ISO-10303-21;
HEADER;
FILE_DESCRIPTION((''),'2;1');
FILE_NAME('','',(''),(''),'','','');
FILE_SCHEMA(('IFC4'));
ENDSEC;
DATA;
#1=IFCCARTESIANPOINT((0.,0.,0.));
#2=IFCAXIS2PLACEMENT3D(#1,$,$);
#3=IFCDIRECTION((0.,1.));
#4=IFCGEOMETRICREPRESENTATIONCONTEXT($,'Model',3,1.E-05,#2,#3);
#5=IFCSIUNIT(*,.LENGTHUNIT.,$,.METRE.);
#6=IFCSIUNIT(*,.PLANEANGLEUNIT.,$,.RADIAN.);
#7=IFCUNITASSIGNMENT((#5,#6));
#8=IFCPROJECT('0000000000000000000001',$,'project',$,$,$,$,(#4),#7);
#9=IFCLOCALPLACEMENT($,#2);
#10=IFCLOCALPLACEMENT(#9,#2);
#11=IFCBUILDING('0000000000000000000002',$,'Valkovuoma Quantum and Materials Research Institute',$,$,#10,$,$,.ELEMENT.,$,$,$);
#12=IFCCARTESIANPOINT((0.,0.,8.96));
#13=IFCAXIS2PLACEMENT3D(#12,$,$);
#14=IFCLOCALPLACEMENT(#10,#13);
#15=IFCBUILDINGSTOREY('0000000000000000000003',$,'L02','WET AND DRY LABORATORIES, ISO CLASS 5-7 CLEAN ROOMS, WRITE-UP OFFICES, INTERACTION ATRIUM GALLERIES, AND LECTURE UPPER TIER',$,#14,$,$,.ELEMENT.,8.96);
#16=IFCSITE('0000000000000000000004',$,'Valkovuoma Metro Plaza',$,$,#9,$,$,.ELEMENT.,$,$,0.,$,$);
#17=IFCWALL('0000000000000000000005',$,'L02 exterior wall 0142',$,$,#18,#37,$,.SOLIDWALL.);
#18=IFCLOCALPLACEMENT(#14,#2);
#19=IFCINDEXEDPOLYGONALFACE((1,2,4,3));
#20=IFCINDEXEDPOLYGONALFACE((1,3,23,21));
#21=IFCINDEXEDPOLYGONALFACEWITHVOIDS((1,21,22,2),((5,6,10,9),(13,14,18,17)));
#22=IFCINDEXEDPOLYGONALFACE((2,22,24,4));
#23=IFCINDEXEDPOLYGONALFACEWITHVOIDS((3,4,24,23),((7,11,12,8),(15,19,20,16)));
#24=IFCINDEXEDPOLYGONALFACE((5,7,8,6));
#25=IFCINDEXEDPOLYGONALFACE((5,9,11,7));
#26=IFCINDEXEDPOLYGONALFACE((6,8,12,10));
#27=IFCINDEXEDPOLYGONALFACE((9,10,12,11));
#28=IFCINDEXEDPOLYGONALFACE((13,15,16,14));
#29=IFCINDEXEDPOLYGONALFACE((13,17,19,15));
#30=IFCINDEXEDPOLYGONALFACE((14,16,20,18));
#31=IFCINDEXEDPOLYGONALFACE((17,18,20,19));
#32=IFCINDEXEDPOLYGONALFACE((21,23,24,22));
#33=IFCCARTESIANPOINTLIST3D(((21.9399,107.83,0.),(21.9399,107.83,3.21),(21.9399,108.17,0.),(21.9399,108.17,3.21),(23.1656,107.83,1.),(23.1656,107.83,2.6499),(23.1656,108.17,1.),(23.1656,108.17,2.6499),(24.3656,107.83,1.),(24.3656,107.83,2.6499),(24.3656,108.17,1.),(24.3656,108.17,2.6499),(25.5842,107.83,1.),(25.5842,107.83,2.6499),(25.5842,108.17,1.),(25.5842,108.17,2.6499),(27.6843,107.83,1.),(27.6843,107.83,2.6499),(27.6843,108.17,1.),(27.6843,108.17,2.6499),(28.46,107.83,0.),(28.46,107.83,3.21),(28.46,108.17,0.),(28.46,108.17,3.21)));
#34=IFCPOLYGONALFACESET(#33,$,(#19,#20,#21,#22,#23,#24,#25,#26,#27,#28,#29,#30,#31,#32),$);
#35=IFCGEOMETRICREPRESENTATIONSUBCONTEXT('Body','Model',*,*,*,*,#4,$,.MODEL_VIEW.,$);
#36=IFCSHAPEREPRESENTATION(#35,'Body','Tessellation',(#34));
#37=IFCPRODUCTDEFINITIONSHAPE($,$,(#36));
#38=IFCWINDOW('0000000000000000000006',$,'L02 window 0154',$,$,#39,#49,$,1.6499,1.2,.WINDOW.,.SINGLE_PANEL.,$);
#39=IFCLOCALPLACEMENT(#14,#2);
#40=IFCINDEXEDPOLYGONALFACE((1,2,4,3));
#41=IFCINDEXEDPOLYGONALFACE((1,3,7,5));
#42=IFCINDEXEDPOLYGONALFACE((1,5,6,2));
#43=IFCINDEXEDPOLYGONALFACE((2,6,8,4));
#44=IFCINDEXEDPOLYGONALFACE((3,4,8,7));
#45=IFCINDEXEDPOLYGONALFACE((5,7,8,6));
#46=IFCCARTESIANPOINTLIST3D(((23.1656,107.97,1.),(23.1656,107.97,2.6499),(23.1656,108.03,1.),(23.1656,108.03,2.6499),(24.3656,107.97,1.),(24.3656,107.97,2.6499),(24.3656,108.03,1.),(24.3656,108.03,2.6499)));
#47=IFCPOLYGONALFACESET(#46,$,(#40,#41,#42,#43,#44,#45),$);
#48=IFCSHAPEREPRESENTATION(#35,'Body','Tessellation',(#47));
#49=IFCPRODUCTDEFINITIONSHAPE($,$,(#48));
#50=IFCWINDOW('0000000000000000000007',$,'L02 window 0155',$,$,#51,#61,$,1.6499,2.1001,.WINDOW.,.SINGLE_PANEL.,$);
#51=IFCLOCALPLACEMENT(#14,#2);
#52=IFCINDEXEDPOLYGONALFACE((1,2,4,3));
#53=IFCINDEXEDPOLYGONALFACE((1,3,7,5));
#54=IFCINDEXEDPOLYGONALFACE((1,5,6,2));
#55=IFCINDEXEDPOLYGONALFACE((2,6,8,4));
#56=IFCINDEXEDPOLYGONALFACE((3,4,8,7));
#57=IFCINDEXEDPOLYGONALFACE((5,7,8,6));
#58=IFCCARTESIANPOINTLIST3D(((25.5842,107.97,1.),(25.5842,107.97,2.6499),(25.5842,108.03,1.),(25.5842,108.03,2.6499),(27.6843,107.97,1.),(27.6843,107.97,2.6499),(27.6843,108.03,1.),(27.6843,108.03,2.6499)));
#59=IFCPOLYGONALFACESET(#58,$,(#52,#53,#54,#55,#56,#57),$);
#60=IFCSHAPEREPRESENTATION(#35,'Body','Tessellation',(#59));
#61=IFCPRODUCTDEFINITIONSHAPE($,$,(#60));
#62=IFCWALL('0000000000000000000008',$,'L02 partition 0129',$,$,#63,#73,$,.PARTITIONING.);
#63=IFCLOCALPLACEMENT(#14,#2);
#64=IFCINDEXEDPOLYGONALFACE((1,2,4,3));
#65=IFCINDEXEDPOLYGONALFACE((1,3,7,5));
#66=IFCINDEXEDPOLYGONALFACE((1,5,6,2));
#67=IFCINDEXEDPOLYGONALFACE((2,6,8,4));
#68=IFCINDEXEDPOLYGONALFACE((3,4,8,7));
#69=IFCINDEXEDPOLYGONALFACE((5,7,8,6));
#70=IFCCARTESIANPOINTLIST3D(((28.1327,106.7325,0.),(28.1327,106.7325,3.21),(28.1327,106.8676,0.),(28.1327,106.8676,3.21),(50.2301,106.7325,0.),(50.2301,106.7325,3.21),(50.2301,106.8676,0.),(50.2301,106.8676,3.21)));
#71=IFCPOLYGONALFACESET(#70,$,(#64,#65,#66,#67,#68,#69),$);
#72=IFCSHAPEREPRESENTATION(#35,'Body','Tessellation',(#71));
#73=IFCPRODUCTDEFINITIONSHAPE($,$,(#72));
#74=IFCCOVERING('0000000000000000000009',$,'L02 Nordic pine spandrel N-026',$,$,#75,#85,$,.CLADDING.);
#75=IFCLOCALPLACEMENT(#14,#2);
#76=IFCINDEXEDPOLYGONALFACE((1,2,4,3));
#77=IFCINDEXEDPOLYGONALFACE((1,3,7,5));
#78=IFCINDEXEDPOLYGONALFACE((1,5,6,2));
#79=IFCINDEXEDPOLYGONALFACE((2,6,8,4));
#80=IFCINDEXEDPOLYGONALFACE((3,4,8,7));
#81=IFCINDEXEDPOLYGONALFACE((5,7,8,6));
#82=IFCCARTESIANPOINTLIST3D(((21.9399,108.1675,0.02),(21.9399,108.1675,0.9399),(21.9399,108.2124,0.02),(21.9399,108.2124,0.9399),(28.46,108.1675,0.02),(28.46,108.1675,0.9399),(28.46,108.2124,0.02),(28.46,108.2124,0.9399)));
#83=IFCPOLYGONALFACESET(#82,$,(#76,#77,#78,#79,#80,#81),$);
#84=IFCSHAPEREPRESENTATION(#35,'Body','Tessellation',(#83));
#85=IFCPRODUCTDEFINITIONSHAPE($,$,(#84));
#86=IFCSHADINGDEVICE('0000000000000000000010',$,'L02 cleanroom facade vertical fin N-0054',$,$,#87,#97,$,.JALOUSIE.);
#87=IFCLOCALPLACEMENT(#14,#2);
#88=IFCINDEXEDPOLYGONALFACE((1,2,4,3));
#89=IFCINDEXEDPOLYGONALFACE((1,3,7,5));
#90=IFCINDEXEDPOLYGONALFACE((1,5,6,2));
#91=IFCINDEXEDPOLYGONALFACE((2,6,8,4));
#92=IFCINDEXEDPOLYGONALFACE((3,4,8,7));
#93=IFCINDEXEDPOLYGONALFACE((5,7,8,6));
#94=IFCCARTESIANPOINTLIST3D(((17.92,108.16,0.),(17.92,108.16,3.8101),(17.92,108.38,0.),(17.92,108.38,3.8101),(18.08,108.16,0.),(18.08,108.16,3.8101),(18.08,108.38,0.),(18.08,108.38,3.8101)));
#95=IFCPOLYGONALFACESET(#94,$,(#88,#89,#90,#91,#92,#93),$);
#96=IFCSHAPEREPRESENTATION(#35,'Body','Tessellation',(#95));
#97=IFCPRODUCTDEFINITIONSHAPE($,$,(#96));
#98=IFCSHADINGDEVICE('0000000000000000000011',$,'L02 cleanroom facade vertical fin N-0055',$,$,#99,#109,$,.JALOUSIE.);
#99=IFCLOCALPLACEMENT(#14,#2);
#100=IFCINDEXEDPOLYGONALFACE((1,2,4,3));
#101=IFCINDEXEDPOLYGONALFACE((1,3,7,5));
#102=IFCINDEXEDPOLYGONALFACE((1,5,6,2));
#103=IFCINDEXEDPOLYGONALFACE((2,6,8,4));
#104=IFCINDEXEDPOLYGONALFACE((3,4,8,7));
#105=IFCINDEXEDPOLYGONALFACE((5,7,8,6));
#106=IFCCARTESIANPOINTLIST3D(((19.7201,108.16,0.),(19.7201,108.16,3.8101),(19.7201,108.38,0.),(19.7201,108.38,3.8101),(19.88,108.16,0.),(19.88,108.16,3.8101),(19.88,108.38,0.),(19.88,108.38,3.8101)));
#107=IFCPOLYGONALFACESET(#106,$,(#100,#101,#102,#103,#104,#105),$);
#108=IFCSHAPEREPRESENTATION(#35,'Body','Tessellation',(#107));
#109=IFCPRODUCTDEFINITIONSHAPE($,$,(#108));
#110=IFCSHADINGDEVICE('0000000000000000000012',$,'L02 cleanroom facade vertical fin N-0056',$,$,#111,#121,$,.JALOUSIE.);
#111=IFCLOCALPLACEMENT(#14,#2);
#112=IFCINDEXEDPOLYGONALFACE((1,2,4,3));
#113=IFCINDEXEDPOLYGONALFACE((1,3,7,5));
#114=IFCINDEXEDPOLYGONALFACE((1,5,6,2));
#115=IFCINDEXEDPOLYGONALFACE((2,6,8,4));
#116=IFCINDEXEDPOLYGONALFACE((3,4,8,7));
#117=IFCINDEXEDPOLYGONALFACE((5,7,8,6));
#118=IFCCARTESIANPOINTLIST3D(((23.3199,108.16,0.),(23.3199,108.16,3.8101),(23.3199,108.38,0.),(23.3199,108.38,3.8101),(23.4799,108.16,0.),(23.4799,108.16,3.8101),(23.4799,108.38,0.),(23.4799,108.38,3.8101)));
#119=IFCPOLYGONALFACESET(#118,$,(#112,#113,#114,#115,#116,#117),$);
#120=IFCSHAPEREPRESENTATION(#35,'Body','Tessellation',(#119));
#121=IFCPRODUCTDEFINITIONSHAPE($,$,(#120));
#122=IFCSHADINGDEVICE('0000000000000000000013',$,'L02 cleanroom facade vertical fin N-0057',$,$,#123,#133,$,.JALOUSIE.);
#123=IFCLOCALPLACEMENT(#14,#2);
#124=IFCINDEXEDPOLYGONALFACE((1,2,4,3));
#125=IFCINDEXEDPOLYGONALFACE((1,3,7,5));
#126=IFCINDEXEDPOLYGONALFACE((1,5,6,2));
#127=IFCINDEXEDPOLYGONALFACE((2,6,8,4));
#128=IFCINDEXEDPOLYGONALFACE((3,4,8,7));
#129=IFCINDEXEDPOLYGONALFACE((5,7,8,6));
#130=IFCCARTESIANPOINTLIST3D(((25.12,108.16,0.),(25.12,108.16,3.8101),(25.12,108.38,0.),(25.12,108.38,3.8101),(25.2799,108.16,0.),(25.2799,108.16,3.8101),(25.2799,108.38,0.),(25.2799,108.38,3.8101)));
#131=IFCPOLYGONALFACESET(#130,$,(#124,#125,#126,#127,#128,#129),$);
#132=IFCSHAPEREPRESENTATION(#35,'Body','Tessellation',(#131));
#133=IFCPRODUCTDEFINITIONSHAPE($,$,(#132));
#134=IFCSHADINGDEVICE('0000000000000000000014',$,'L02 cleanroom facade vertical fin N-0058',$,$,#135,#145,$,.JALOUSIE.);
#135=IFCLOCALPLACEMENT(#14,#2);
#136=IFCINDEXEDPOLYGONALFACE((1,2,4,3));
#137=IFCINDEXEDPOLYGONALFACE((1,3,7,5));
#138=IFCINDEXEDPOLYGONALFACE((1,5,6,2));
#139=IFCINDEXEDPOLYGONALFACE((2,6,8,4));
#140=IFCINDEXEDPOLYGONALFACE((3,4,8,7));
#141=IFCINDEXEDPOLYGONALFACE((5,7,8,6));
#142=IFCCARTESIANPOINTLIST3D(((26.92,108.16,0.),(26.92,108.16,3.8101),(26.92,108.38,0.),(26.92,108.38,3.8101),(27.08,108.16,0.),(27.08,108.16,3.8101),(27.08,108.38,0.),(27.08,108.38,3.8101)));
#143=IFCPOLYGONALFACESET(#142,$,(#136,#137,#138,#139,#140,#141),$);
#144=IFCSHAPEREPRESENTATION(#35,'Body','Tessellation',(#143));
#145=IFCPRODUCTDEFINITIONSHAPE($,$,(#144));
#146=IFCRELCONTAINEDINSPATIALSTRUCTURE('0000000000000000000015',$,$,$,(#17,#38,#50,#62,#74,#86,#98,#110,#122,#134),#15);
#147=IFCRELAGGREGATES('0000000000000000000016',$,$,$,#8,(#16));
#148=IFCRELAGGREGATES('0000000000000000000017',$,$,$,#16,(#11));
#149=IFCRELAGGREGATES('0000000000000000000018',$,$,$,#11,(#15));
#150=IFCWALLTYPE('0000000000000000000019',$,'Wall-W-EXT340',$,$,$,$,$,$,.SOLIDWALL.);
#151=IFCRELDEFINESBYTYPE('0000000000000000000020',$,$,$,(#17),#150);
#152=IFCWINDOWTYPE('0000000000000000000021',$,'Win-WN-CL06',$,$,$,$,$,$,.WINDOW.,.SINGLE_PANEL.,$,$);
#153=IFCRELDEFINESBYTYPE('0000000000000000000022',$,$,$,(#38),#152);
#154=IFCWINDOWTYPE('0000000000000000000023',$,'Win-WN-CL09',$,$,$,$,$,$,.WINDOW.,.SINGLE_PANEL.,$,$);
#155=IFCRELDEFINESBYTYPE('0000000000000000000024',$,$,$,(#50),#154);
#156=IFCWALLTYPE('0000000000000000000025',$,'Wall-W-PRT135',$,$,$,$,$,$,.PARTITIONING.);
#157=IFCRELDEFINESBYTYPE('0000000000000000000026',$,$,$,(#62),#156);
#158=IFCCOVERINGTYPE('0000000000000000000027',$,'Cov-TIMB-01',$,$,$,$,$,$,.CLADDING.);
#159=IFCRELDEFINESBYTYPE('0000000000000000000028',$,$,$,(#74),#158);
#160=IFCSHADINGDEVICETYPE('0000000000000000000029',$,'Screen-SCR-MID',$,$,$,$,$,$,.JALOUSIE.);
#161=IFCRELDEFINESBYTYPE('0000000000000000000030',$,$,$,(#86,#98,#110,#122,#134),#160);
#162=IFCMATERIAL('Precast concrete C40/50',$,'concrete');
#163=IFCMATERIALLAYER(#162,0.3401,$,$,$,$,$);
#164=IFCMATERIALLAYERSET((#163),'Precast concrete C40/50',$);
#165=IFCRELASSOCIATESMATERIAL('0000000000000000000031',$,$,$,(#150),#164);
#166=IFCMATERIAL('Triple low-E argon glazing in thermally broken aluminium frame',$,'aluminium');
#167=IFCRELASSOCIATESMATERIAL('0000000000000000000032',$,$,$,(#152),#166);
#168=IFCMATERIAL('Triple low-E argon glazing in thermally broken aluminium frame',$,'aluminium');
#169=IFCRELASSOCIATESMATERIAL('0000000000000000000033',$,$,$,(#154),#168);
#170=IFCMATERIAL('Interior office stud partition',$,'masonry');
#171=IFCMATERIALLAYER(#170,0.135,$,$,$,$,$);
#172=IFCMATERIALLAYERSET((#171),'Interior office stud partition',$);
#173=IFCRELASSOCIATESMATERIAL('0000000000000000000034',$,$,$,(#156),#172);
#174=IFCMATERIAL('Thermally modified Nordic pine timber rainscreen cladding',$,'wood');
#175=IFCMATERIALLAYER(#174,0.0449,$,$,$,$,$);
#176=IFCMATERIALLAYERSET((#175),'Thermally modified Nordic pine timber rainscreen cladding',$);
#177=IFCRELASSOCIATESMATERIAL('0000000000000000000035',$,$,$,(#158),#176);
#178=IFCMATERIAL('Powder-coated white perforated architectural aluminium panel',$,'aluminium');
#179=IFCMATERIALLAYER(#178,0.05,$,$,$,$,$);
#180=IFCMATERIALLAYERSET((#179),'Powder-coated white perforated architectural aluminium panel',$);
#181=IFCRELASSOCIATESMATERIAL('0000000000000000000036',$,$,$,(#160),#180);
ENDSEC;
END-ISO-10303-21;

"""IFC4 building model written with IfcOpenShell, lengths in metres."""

from ifc_helpers import new_model, si_unit, direction, frame, frame_2d, origin, origin_2d, place, context, subcontext, project, spatial, rectangle, extrude, material, layer, layer_set, type_object, element, fill, save


model = new_model("IFC4")

# Units and contexts
model_context = context("Model", 3, precision=1e-05, world=origin(), true_north=direction((0.0, 1.0)))
body_context = subcontext(model_context, "Body", "Model", "MODEL_VIEW")
ifc_project = project(units=[si_unit("LENGTHUNIT", "METRE"), si_unit("PLANEANGLEUNIT", "RADIAN")], contexts=[model_context])

# Site, building, storey
site_placement = place(None, origin())
site = spatial("IfcSite", under=ifc_project, at=site_placement, Name="Valkovuoma Metro Plaza", CompositionType="ELEMENT", RefElevation=0.0)
building_placement = place(site_placement, origin())
building = spatial("IfcBuilding", under=site, at=building_placement, Name="Valkovuoma Quantum and Materials Research Institute", CompositionType="ELEMENT")
storey_placement = place(building_placement, frame((0.0, 0.0, 8.96)))
storey = spatial("IfcBuildingStorey", under=building, at=storey_placement, Name="L02", Description="WET AND DRY LABORATORIES, ISO CLASS 5-7 CLEAN ROOMS, WRITE-UP OFFICES, INTERACTION ATRIUM GALLERIES, AND LECTURE UPPER TIER", CompositionType="ELEMENT", Elevation=8.96)

# Wall, openings, windows
ifc_material_1 = material(Name="Precast concrete C40/50", Category="concrete")
ifc_layer_1 = layer(ifc_material_1, 0.3401)
ifc_layer_set_1 = layer_set([ifc_layer_1], Name="Precast concrete C40/50")
wall_type_1 = type_object("IfcWallType", Name="Wall-W-EXT340", PredefinedType="SOLIDWALL", material=ifc_layer_set_1)
wall_1_placement = place(storey_placement, frame((21.9399, 108.0, 0.0), z_axis=(0.0, 0.0, 1.0), x_axis=(1.0, 0.0, 0.0)))
wall_1 = element("IfcWall", 1, at=wall_1_placement, inside=storey, type_object=wall_type_1, Name="L02 exterior wall 0142", PredefinedType="SOLIDWALL", context=body_context, shape_type="SweptSolid", body=[
    extrude(rectangle(XDim=6.52, YDim=0.3401, at=frame_2d((3.26, 0.0))), origin(), (0.0, 0.0, 1.0), 3.21),
])
opening_1_placement = place(wall_1_placement, frame((1.2256, 0.0, 1.0)))
opening_1 = element("IfcOpeningElement", 2, at=opening_1_placement, cuts=wall_1, PredefinedType="OPENING", context=body_context, shape_type="SweptSolid", body=[
    extrude(rectangle(XDim=1.2, YDim=1.6499, at=frame_2d((0.6001, 0.825))), frame((0.0, 0.1802, 0.0), z_axis=(0.0, -1.0, 0.0), x_axis=(1.0, 0.0, 0.0)), (0.0, 0.0, 1.0), 0.3601),
])
opening_2_placement = place(wall_1_placement, frame((3.6443, 0.0, 1.0)))
opening_2 = element("IfcOpeningElement", 3, at=opening_2_placement, cuts=wall_1, PredefinedType="OPENING", context=body_context, shape_type="SweptSolid", body=[
    extrude(rectangle(XDim=2.1001, YDim=1.6499, at=frame_2d((1.05, 0.825))), frame((0.0, 0.1802, 0.0), z_axis=(0.0, -1.0, 0.0), x_axis=(1.0, 0.0, 0.0)), (0.0, 0.0, 1.0), 0.3601),
])
ifc_material_2 = material(Name="Triple low-E argon glazing in thermally broken aluminium frame", Category="aluminium")
window_type_1 = type_object("IfcWindowType", Name="Win-WN-CL06", PartitioningType="SINGLE_PANEL", PredefinedType="WINDOW", material=ifc_material_2)
window_1_placement = place(opening_1_placement, origin())
window_1 = element("IfcWindow", 4, at=window_1_placement, inside=storey, type_object=window_type_1, Name="L02 window 0154", OverallHeight=1.6499, OverallWidth=1.2, PartitioningType="SINGLE_PANEL", PredefinedType="WINDOW", context=body_context, shape_type="SweptSolid", body=[
    extrude(rectangle(XDim=1.2, YDim=1.6499, at=frame_2d((0.6001, 0.825))), frame((0.0, 0.03, 0.0), z_axis=(0.0, -1.0, 0.0), x_axis=(1.0, 0.0, 0.0)), (0.0, 0.0, 1.0), 0.0601),
])
fill(opening_1, window_1)
ifc_material_3 = material(Name="Triple low-E argon glazing in thermally broken aluminium frame", Category="aluminium")
window_type_2 = type_object("IfcWindowType", Name="Win-WN-CL09", PartitioningType="SINGLE_PANEL", PredefinedType="WINDOW", material=ifc_material_3)
window_2_placement = place(opening_2_placement, origin())
window_2 = element("IfcWindow", 5, at=window_2_placement, inside=storey, type_object=window_type_2, Name="L02 window 0155", OverallHeight=1.6499, OverallWidth=2.1001, PartitioningType="SINGLE_PANEL", PredefinedType="WINDOW", context=body_context, shape_type="SweptSolid", body=[
    extrude(rectangle(XDim=2.1001, YDim=1.6499, at=frame_2d((1.05, 0.825))), frame((0.0, 0.03, 0.0), z_axis=(0.0, -1.0, 0.0), x_axis=(1.0, 0.0, 0.0)), (0.0, 0.0, 1.0), 0.0601),
])
fill(opening_2, window_2)

# Wall
ifc_material_4 = material(Name="Interior office stud partition", Category="masonry")
ifc_layer_2 = layer(ifc_material_4, 0.135)
ifc_layer_set_2 = layer_set([ifc_layer_2], Name="Interior office stud partition")
wall_type_2 = type_object("IfcWallType", Name="Wall-W-PRT135", PredefinedType="PARTITIONING", material=ifc_layer_set_2)
wall_2_placement = place(storey_placement, frame((28.1326, 106.8, 0.0), z_axis=(0.0, 0.0, 1.0), x_axis=(1.0, 0.0, 0.0)))
element("IfcWall", 6, at=wall_2_placement, inside=storey, type_object=wall_type_2, Name="L02 partition 0129", PredefinedType="PARTITIONING", context=body_context, shape_type="SweptSolid", body=[
    extrude(rectangle(XDim=22.0974, YDim=0.135, at=frame_2d((11.0488, 0.0))), origin(), (0.0, 0.0, 1.0), 3.21),
])

# Covering
ifc_material_5 = material(Name="Thermally modified Nordic pine timber rainscreen cladding", Category="wood")
ifc_layer_3 = layer(ifc_material_5, 0.0449)
ifc_layer_set_3 = layer_set([ifc_layer_3], Name="Thermally modified Nordic pine timber rainscreen cladding")
covering_type = type_object("IfcCoveringType", Name="Cov-TIMB-01", PredefinedType="CLADDING", material=ifc_layer_set_3)
covering_placement = place(storey_placement, frame((25.2, 108.1899, 0.02), z_axis=(0.0, 0.0, 1.0), x_axis=(1.0, 0.0, 0.0)))
element("IfcCovering", 7, at=covering_placement, inside=storey, type_object=covering_type, Name="L02 Nordic pine spandrel N-026", PredefinedType="CLADDING", context=body_context, shape_type="SweptSolid", body=[
    extrude(rectangle(XDim=6.52, YDim=0.0449, at=origin_2d()), origin(), (0.0, 0.0, 1.0), 0.9199),
])

# Shading devices
ifc_material_6 = material(Name="Powder-coated white perforated architectural aluminium panel", Category="aluminium")
ifc_layer_4 = layer(ifc_material_6, 0.05)
ifc_layer_set_4 = layer_set([ifc_layer_4], Name="Powder-coated white perforated architectural aluminium panel")
shading_device_type = type_object("IfcShadingDeviceType", Name="Screen-SCR-MID", PredefinedType="JALOUSIE", material=ifc_layer_set_4)
for number, where, z_axis, x_axis, name in (
    (8, (18.0, 108.27, 0.0), (0.0, 0.0, 1.0), (1.0, 0.0, 0.0), "L02 cleanroom facade vertical fin N-0054"),
    (9, (19.8, 108.27, 0.0), (0.0, 0.0, 1.0), (1.0, 0.0, 0.0), "L02 cleanroom facade vertical fin N-0055"),
    (10, (23.3999, 108.27, 0.0), (0.0, 0.0, 1.0), (1.0, 0.0, 0.0), "L02 cleanroom facade vertical fin N-0056"),
    (11, (25.2, 108.27, 0.0), (0.0, 0.0, 1.0), (1.0, 0.0, 0.0), "L02 cleanroom facade vertical fin N-0057"),
    (12, (27.0, 108.27, 0.0), (0.0, 0.0, 1.0), (1.0, 0.0, 0.0), "L02 cleanroom facade vertical fin N-0058"),
):
    element("IfcShadingDevice", number, at=place(storey_placement, frame(where, z_axis=z_axis, x_axis=x_axis)), inside=storey, type_object=shading_device_type, Name=name, PredefinedType="JALOUSIE", context=body_context, shape_type="SweptSolid", body=[
        extrude(rectangle(XDim=0.1599, YDim=0.22, at=origin_2d()), origin(), (0.0, 0.0, 1.0), 3.8101),
    ])

save(model, "model.ifc")
